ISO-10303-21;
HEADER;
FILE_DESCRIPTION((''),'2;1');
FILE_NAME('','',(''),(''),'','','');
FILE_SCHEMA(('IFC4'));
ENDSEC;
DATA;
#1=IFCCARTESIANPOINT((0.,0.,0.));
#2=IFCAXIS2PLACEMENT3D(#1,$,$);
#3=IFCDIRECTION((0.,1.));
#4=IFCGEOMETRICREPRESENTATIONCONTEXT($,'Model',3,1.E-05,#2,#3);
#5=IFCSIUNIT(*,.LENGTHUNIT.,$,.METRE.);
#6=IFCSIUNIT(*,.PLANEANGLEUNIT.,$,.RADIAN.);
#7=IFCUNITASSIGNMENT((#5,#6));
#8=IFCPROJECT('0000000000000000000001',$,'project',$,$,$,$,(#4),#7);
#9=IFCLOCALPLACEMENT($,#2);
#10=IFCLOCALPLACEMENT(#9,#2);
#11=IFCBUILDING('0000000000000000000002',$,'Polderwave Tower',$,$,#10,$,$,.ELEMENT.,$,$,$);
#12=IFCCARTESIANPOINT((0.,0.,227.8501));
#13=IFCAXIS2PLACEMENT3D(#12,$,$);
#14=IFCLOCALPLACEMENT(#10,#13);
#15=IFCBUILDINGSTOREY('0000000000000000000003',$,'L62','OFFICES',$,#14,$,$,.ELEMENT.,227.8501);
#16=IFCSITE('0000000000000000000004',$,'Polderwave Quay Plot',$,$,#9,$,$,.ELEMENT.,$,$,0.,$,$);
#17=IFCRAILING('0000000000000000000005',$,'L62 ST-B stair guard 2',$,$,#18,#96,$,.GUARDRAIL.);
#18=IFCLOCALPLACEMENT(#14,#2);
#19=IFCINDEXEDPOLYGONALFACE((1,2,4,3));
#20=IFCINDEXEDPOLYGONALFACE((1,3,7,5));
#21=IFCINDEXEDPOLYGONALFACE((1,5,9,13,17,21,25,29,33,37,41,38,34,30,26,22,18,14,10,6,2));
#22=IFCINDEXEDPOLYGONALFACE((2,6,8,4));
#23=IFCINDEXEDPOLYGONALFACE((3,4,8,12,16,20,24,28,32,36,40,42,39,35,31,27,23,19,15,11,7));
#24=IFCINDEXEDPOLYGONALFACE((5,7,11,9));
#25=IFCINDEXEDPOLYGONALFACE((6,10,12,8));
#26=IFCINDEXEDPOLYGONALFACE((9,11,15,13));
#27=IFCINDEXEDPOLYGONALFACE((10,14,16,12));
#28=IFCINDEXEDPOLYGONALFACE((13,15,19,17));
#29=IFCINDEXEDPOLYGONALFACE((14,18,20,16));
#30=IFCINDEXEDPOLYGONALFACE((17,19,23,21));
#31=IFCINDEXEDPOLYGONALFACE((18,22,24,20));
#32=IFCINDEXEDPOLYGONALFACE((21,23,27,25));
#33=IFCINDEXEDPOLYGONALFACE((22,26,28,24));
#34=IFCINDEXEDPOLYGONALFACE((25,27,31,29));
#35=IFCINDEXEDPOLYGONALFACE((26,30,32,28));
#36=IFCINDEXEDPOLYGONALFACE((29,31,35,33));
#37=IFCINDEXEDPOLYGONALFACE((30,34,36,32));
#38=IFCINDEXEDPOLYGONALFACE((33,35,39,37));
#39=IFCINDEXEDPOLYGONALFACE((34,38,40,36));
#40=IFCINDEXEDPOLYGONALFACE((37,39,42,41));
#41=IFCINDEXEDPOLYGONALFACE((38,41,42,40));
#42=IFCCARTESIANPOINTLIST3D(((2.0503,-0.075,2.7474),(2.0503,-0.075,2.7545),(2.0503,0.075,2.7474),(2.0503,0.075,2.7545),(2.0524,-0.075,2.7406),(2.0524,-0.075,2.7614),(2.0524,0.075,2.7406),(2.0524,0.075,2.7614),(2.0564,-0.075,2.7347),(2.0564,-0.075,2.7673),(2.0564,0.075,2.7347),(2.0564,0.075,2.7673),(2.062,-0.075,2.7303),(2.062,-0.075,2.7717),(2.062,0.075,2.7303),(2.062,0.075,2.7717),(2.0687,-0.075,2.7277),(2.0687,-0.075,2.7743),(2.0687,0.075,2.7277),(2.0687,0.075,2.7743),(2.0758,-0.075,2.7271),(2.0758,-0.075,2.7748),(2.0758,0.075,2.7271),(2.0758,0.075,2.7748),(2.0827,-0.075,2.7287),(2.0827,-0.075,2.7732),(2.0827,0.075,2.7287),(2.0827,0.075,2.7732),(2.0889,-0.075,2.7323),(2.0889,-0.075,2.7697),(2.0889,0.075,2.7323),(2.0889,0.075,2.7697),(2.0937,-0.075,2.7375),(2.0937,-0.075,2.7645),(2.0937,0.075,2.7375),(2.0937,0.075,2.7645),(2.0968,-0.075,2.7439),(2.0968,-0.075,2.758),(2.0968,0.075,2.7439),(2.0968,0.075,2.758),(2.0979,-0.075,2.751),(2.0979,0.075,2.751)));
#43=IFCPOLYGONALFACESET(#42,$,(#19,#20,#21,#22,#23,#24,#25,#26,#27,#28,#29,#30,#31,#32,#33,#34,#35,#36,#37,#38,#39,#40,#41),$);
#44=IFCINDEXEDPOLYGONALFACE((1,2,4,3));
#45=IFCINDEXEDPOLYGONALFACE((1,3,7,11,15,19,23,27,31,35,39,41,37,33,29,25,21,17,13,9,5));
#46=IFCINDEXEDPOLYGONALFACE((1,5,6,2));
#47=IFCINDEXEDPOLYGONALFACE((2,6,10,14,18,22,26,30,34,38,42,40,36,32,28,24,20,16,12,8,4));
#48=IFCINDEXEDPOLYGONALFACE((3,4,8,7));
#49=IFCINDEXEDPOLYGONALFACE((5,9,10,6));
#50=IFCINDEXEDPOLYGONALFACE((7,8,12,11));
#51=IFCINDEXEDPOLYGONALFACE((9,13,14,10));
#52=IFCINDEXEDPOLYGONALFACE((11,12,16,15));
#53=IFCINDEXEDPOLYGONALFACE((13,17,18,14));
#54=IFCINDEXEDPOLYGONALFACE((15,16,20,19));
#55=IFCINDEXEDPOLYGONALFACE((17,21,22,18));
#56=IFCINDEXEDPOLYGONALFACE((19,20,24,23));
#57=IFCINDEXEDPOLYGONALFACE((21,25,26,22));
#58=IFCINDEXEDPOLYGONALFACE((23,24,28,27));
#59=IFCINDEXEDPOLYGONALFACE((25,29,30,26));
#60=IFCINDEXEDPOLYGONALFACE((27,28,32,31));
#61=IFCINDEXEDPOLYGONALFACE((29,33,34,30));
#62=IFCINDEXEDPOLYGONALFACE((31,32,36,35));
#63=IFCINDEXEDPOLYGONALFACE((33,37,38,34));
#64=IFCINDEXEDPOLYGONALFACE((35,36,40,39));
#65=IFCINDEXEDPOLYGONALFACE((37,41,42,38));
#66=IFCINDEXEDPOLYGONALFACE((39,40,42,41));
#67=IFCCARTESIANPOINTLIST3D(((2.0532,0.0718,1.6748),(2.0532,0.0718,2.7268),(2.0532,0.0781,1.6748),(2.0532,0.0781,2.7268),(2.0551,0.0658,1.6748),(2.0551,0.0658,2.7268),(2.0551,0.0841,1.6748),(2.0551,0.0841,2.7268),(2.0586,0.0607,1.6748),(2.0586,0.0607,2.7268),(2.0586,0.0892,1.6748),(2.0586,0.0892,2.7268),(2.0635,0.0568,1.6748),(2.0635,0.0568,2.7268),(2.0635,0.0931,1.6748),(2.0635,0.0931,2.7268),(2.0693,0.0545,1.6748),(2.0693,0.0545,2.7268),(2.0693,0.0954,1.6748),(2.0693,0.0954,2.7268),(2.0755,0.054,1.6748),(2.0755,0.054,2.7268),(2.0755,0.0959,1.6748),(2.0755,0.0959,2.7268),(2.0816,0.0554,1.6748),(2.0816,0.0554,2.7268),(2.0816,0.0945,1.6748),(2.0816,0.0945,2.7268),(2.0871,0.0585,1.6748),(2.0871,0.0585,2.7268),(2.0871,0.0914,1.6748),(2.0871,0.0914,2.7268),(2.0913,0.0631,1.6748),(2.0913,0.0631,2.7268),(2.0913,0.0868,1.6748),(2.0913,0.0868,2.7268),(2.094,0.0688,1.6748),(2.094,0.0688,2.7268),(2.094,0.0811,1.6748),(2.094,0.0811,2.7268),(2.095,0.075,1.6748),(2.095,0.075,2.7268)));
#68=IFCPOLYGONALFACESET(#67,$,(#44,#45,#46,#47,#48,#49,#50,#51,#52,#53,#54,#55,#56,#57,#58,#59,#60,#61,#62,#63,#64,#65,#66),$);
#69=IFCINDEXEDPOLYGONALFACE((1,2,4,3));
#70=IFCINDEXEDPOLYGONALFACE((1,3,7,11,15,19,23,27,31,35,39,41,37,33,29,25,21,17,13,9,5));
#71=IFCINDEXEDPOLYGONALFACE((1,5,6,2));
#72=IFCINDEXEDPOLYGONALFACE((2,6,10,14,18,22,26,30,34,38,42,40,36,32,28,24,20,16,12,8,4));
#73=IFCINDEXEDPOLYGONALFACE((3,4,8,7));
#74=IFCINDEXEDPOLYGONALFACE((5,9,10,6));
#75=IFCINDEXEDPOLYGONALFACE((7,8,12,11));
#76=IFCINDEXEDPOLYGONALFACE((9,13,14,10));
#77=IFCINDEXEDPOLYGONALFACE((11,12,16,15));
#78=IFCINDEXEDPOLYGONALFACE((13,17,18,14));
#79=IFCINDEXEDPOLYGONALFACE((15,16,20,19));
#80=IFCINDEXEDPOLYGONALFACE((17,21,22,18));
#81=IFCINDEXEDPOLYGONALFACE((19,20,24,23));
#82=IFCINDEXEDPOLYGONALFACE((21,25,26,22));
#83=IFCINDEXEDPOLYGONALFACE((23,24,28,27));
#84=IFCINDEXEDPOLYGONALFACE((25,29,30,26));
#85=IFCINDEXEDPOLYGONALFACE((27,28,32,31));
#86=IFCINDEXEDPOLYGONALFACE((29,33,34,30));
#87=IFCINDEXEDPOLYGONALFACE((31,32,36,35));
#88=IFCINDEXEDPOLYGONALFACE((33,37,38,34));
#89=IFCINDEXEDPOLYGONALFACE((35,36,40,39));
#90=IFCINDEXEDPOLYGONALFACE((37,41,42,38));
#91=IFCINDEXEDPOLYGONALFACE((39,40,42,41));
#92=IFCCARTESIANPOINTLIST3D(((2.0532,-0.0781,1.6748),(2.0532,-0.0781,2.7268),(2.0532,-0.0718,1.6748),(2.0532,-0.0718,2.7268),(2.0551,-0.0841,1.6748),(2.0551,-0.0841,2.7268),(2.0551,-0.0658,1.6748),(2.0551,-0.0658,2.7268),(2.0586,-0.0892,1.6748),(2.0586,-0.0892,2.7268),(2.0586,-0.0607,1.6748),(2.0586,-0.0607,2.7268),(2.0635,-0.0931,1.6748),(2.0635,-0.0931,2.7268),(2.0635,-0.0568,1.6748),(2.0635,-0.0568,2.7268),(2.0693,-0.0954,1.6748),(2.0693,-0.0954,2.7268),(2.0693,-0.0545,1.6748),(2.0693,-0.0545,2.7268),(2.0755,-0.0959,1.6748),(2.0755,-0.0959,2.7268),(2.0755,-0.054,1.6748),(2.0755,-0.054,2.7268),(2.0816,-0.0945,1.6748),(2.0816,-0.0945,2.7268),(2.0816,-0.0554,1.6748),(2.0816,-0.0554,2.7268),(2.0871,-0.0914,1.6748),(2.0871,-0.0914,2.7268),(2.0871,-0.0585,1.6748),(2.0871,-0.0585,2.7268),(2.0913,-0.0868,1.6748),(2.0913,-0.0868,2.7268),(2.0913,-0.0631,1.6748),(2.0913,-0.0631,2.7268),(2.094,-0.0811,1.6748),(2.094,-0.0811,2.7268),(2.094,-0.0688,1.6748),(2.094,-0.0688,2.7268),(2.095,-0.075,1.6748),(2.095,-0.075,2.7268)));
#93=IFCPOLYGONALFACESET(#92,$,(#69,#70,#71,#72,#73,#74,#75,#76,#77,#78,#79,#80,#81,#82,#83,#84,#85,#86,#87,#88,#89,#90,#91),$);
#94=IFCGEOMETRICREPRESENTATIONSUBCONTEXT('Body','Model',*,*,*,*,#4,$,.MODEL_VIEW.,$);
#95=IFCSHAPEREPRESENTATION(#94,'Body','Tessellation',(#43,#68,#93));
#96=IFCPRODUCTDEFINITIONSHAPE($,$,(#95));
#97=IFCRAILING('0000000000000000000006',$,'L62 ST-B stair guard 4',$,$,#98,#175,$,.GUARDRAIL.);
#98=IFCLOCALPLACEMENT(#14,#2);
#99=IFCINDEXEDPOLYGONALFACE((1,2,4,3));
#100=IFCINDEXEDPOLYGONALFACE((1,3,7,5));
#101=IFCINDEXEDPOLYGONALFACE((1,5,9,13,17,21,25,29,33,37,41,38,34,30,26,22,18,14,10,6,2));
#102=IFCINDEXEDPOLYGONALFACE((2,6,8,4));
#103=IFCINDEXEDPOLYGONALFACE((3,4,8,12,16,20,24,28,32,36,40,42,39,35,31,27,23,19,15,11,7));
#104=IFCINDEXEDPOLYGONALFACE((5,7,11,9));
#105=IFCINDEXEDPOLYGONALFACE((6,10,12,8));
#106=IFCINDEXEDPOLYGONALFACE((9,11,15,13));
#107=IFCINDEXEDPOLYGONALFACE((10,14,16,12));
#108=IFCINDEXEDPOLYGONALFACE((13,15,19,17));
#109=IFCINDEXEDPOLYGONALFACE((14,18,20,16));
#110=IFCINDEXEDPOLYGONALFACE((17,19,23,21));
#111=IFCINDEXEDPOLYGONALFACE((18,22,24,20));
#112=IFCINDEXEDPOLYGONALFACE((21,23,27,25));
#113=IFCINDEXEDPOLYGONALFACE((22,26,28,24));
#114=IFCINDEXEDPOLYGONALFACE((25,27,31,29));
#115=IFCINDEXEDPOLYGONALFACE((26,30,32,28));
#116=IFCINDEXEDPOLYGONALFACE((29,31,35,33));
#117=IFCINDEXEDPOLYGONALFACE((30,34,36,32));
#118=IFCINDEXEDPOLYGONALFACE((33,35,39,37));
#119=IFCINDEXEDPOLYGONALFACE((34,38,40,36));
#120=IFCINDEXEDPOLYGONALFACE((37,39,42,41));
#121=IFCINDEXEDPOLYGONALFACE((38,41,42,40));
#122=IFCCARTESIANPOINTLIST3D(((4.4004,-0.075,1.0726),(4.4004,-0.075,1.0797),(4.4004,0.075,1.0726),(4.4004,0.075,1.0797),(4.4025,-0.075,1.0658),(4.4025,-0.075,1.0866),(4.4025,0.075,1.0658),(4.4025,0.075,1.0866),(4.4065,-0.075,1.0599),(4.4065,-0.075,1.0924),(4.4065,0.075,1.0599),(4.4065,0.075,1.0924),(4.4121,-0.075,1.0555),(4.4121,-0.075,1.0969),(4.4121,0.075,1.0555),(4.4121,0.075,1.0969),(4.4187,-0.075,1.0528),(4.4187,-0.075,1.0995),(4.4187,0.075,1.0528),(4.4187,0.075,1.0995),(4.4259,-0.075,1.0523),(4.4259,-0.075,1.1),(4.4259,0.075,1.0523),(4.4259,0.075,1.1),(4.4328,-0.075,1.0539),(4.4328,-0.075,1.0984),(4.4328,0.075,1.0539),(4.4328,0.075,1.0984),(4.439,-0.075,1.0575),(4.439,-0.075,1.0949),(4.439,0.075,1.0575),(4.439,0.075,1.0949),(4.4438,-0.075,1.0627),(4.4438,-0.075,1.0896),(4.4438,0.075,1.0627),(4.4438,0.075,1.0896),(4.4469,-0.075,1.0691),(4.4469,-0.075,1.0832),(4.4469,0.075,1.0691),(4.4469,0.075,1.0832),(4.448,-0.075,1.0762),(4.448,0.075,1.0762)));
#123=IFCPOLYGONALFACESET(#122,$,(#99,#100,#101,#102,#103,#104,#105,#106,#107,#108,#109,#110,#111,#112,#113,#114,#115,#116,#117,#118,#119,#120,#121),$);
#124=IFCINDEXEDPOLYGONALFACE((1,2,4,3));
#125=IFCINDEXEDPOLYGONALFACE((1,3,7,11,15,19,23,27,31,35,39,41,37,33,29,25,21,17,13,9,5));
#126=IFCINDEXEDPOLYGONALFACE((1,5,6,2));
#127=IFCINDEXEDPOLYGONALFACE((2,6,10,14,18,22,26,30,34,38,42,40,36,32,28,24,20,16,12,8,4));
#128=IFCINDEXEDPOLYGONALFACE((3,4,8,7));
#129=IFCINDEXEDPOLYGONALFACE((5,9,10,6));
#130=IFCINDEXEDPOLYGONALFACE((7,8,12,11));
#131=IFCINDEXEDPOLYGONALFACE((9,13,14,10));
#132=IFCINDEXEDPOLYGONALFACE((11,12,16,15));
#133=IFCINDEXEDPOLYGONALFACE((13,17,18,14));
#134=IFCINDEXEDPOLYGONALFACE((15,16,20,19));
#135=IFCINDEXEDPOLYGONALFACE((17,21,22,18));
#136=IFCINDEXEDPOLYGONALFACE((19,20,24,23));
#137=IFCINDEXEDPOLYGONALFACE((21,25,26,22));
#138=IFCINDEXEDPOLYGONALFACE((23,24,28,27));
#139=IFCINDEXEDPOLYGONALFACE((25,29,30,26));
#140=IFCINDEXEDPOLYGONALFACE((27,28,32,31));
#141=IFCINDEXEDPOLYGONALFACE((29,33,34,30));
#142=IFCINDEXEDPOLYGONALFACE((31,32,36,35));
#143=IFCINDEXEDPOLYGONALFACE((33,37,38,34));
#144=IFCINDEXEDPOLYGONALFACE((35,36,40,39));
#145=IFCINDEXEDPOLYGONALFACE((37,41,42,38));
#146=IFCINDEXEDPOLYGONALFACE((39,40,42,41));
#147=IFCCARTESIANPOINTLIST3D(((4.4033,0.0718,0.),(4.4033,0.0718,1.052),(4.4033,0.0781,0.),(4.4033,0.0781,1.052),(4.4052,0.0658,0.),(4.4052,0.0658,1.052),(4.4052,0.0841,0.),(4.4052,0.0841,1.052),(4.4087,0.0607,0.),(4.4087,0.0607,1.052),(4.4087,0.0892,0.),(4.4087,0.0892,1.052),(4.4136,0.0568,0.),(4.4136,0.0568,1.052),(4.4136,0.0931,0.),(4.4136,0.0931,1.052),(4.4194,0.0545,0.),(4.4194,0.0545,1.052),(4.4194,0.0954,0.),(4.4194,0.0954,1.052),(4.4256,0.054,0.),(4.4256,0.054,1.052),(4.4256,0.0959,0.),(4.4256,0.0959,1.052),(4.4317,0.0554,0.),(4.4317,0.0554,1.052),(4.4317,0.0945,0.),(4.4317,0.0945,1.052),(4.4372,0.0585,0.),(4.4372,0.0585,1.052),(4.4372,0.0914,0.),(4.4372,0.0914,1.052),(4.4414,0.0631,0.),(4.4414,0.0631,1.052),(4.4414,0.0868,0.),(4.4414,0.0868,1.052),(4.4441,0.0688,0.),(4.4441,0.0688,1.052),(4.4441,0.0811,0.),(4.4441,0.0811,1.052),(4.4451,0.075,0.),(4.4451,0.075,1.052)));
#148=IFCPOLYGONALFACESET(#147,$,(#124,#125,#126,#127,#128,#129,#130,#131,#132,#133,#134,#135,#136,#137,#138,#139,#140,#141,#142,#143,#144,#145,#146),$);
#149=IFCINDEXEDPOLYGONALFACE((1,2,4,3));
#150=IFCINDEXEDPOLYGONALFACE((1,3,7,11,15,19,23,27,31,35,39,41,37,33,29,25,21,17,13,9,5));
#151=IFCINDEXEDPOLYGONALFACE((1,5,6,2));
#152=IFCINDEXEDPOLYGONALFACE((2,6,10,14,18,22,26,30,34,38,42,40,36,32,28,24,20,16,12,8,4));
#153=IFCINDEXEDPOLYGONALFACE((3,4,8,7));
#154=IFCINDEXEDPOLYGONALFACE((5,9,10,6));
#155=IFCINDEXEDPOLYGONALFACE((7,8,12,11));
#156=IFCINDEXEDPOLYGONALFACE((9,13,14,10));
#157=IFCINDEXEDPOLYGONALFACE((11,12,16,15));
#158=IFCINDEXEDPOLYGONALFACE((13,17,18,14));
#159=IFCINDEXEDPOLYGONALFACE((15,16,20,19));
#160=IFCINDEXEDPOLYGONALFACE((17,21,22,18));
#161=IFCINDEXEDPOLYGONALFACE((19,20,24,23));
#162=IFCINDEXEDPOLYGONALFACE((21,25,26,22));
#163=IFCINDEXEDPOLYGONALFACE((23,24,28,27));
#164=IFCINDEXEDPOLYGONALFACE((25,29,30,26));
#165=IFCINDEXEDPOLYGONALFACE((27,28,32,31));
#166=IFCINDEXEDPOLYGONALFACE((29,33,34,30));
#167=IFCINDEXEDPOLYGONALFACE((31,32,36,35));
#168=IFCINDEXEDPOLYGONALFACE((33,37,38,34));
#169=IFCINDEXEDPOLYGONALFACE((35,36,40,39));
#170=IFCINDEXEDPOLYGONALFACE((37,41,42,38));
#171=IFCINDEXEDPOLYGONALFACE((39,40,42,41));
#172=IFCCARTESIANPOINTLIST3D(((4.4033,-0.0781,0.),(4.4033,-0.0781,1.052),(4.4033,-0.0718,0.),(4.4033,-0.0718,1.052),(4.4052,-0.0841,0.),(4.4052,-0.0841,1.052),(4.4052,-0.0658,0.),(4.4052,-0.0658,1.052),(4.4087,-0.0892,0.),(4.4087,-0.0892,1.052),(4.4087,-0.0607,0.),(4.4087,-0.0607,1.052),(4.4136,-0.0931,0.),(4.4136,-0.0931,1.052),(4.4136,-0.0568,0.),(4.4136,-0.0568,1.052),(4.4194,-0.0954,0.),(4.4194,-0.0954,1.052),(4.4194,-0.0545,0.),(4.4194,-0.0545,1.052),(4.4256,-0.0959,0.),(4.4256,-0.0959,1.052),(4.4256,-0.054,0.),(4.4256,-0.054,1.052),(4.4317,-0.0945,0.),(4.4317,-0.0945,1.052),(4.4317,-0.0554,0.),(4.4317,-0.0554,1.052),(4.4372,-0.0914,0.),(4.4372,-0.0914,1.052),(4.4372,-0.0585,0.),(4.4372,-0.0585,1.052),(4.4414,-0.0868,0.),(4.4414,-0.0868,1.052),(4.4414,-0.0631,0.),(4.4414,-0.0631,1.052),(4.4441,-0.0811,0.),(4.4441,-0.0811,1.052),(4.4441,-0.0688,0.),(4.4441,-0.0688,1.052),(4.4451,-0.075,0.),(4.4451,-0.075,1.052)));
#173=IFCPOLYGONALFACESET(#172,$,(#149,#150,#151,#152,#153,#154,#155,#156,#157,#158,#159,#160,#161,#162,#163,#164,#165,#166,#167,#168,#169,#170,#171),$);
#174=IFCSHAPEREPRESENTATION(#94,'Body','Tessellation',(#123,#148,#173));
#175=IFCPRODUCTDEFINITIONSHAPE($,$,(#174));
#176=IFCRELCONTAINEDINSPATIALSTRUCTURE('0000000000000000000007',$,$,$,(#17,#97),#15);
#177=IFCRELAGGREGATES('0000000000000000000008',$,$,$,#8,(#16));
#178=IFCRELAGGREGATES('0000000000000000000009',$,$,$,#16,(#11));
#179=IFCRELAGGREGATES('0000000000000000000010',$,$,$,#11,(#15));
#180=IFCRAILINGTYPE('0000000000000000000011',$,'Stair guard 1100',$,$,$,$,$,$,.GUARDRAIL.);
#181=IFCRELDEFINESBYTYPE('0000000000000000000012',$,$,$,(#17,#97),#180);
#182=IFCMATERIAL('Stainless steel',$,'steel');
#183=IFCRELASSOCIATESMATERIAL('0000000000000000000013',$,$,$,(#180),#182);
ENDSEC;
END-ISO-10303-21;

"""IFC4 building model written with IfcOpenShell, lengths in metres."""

from ifc_helpers import new_model, si_unit, direction, frame, origin, origin_2d, place, context, subcontext, project, spatial, circle, extrude, material, type_object, element, save


model = new_model("IFC4")

# Units and contexts
model_context = context("Model", 3, precision=1e-05, world=origin(), true_north=direction((0.0, 1.0)))
body_context = subcontext(model_context, "Body", "Model", "MODEL_VIEW")
ifc_project = project(units=[si_unit("LENGTHUNIT", "METRE"), si_unit("PLANEANGLEUNIT", "RADIAN")], contexts=[model_context])

# Site, building, storey
site_placement = place(None, origin())
site = spatial("IfcSite", under=ifc_project, at=site_placement, Name="Polderwave Quay Plot", CompositionType="ELEMENT", RefElevation=0.0)
building_placement = place(site_placement, origin())
building = spatial("IfcBuilding", under=site, at=building_placement, Name="Polderwave Tower", CompositionType="ELEMENT")
storey_placement = place(building_placement, frame((0.0, 0.0, 227.8501)))
storey = spatial("IfcBuildingStorey", under=building, at=storey_placement, Name="L62", Description="OFFICES", CompositionType="ELEMENT", Elevation=227.8501)

# Railings
ifc_material_1 = material(Name="Stainless steel", Category="steel")
railing_type_1 = type_object("IfcRailingType", Name="Stair guard 1100", PredefinedType="GUARDRAIL", material=ifc_material_1)
for number, where, name in (
    (1, (2.074, 0.075, 1.6748), "L62 ST-B stair guard 2"),
    (2, (4.4241, 0.075, 0.0), "L62 ST-B stair guard 4"),
):
    element("IfcRailing", number, at=place(storey_placement, frame(where)), inside=storey, type_object=railing_type_1, Name=name, PredefinedType="GUARDRAIL", context=body_context, shape_type="SweptSolid", body=[
        extrude(circle(Radius=0.0239, at=origin_2d()), frame((0.0, 0.0, 1.0762), z_axis=(0.0, -1.0, 0.0), x_axis=(1.0, 0.0, 0.0)), (0.0, 0.0, 1.0), 0.1499),
        extrude(circle(Radius=0.021, at=origin_2d()), origin(), (0.0, 0.0, 1.0), 1.052),
        extrude(circle(Radius=0.021, at=origin_2d()), frame((0.0, -0.1499, 0.0)), (0.0, 0.0, 1.0), 1.052),
    ])

save(model, "model.ifc")
